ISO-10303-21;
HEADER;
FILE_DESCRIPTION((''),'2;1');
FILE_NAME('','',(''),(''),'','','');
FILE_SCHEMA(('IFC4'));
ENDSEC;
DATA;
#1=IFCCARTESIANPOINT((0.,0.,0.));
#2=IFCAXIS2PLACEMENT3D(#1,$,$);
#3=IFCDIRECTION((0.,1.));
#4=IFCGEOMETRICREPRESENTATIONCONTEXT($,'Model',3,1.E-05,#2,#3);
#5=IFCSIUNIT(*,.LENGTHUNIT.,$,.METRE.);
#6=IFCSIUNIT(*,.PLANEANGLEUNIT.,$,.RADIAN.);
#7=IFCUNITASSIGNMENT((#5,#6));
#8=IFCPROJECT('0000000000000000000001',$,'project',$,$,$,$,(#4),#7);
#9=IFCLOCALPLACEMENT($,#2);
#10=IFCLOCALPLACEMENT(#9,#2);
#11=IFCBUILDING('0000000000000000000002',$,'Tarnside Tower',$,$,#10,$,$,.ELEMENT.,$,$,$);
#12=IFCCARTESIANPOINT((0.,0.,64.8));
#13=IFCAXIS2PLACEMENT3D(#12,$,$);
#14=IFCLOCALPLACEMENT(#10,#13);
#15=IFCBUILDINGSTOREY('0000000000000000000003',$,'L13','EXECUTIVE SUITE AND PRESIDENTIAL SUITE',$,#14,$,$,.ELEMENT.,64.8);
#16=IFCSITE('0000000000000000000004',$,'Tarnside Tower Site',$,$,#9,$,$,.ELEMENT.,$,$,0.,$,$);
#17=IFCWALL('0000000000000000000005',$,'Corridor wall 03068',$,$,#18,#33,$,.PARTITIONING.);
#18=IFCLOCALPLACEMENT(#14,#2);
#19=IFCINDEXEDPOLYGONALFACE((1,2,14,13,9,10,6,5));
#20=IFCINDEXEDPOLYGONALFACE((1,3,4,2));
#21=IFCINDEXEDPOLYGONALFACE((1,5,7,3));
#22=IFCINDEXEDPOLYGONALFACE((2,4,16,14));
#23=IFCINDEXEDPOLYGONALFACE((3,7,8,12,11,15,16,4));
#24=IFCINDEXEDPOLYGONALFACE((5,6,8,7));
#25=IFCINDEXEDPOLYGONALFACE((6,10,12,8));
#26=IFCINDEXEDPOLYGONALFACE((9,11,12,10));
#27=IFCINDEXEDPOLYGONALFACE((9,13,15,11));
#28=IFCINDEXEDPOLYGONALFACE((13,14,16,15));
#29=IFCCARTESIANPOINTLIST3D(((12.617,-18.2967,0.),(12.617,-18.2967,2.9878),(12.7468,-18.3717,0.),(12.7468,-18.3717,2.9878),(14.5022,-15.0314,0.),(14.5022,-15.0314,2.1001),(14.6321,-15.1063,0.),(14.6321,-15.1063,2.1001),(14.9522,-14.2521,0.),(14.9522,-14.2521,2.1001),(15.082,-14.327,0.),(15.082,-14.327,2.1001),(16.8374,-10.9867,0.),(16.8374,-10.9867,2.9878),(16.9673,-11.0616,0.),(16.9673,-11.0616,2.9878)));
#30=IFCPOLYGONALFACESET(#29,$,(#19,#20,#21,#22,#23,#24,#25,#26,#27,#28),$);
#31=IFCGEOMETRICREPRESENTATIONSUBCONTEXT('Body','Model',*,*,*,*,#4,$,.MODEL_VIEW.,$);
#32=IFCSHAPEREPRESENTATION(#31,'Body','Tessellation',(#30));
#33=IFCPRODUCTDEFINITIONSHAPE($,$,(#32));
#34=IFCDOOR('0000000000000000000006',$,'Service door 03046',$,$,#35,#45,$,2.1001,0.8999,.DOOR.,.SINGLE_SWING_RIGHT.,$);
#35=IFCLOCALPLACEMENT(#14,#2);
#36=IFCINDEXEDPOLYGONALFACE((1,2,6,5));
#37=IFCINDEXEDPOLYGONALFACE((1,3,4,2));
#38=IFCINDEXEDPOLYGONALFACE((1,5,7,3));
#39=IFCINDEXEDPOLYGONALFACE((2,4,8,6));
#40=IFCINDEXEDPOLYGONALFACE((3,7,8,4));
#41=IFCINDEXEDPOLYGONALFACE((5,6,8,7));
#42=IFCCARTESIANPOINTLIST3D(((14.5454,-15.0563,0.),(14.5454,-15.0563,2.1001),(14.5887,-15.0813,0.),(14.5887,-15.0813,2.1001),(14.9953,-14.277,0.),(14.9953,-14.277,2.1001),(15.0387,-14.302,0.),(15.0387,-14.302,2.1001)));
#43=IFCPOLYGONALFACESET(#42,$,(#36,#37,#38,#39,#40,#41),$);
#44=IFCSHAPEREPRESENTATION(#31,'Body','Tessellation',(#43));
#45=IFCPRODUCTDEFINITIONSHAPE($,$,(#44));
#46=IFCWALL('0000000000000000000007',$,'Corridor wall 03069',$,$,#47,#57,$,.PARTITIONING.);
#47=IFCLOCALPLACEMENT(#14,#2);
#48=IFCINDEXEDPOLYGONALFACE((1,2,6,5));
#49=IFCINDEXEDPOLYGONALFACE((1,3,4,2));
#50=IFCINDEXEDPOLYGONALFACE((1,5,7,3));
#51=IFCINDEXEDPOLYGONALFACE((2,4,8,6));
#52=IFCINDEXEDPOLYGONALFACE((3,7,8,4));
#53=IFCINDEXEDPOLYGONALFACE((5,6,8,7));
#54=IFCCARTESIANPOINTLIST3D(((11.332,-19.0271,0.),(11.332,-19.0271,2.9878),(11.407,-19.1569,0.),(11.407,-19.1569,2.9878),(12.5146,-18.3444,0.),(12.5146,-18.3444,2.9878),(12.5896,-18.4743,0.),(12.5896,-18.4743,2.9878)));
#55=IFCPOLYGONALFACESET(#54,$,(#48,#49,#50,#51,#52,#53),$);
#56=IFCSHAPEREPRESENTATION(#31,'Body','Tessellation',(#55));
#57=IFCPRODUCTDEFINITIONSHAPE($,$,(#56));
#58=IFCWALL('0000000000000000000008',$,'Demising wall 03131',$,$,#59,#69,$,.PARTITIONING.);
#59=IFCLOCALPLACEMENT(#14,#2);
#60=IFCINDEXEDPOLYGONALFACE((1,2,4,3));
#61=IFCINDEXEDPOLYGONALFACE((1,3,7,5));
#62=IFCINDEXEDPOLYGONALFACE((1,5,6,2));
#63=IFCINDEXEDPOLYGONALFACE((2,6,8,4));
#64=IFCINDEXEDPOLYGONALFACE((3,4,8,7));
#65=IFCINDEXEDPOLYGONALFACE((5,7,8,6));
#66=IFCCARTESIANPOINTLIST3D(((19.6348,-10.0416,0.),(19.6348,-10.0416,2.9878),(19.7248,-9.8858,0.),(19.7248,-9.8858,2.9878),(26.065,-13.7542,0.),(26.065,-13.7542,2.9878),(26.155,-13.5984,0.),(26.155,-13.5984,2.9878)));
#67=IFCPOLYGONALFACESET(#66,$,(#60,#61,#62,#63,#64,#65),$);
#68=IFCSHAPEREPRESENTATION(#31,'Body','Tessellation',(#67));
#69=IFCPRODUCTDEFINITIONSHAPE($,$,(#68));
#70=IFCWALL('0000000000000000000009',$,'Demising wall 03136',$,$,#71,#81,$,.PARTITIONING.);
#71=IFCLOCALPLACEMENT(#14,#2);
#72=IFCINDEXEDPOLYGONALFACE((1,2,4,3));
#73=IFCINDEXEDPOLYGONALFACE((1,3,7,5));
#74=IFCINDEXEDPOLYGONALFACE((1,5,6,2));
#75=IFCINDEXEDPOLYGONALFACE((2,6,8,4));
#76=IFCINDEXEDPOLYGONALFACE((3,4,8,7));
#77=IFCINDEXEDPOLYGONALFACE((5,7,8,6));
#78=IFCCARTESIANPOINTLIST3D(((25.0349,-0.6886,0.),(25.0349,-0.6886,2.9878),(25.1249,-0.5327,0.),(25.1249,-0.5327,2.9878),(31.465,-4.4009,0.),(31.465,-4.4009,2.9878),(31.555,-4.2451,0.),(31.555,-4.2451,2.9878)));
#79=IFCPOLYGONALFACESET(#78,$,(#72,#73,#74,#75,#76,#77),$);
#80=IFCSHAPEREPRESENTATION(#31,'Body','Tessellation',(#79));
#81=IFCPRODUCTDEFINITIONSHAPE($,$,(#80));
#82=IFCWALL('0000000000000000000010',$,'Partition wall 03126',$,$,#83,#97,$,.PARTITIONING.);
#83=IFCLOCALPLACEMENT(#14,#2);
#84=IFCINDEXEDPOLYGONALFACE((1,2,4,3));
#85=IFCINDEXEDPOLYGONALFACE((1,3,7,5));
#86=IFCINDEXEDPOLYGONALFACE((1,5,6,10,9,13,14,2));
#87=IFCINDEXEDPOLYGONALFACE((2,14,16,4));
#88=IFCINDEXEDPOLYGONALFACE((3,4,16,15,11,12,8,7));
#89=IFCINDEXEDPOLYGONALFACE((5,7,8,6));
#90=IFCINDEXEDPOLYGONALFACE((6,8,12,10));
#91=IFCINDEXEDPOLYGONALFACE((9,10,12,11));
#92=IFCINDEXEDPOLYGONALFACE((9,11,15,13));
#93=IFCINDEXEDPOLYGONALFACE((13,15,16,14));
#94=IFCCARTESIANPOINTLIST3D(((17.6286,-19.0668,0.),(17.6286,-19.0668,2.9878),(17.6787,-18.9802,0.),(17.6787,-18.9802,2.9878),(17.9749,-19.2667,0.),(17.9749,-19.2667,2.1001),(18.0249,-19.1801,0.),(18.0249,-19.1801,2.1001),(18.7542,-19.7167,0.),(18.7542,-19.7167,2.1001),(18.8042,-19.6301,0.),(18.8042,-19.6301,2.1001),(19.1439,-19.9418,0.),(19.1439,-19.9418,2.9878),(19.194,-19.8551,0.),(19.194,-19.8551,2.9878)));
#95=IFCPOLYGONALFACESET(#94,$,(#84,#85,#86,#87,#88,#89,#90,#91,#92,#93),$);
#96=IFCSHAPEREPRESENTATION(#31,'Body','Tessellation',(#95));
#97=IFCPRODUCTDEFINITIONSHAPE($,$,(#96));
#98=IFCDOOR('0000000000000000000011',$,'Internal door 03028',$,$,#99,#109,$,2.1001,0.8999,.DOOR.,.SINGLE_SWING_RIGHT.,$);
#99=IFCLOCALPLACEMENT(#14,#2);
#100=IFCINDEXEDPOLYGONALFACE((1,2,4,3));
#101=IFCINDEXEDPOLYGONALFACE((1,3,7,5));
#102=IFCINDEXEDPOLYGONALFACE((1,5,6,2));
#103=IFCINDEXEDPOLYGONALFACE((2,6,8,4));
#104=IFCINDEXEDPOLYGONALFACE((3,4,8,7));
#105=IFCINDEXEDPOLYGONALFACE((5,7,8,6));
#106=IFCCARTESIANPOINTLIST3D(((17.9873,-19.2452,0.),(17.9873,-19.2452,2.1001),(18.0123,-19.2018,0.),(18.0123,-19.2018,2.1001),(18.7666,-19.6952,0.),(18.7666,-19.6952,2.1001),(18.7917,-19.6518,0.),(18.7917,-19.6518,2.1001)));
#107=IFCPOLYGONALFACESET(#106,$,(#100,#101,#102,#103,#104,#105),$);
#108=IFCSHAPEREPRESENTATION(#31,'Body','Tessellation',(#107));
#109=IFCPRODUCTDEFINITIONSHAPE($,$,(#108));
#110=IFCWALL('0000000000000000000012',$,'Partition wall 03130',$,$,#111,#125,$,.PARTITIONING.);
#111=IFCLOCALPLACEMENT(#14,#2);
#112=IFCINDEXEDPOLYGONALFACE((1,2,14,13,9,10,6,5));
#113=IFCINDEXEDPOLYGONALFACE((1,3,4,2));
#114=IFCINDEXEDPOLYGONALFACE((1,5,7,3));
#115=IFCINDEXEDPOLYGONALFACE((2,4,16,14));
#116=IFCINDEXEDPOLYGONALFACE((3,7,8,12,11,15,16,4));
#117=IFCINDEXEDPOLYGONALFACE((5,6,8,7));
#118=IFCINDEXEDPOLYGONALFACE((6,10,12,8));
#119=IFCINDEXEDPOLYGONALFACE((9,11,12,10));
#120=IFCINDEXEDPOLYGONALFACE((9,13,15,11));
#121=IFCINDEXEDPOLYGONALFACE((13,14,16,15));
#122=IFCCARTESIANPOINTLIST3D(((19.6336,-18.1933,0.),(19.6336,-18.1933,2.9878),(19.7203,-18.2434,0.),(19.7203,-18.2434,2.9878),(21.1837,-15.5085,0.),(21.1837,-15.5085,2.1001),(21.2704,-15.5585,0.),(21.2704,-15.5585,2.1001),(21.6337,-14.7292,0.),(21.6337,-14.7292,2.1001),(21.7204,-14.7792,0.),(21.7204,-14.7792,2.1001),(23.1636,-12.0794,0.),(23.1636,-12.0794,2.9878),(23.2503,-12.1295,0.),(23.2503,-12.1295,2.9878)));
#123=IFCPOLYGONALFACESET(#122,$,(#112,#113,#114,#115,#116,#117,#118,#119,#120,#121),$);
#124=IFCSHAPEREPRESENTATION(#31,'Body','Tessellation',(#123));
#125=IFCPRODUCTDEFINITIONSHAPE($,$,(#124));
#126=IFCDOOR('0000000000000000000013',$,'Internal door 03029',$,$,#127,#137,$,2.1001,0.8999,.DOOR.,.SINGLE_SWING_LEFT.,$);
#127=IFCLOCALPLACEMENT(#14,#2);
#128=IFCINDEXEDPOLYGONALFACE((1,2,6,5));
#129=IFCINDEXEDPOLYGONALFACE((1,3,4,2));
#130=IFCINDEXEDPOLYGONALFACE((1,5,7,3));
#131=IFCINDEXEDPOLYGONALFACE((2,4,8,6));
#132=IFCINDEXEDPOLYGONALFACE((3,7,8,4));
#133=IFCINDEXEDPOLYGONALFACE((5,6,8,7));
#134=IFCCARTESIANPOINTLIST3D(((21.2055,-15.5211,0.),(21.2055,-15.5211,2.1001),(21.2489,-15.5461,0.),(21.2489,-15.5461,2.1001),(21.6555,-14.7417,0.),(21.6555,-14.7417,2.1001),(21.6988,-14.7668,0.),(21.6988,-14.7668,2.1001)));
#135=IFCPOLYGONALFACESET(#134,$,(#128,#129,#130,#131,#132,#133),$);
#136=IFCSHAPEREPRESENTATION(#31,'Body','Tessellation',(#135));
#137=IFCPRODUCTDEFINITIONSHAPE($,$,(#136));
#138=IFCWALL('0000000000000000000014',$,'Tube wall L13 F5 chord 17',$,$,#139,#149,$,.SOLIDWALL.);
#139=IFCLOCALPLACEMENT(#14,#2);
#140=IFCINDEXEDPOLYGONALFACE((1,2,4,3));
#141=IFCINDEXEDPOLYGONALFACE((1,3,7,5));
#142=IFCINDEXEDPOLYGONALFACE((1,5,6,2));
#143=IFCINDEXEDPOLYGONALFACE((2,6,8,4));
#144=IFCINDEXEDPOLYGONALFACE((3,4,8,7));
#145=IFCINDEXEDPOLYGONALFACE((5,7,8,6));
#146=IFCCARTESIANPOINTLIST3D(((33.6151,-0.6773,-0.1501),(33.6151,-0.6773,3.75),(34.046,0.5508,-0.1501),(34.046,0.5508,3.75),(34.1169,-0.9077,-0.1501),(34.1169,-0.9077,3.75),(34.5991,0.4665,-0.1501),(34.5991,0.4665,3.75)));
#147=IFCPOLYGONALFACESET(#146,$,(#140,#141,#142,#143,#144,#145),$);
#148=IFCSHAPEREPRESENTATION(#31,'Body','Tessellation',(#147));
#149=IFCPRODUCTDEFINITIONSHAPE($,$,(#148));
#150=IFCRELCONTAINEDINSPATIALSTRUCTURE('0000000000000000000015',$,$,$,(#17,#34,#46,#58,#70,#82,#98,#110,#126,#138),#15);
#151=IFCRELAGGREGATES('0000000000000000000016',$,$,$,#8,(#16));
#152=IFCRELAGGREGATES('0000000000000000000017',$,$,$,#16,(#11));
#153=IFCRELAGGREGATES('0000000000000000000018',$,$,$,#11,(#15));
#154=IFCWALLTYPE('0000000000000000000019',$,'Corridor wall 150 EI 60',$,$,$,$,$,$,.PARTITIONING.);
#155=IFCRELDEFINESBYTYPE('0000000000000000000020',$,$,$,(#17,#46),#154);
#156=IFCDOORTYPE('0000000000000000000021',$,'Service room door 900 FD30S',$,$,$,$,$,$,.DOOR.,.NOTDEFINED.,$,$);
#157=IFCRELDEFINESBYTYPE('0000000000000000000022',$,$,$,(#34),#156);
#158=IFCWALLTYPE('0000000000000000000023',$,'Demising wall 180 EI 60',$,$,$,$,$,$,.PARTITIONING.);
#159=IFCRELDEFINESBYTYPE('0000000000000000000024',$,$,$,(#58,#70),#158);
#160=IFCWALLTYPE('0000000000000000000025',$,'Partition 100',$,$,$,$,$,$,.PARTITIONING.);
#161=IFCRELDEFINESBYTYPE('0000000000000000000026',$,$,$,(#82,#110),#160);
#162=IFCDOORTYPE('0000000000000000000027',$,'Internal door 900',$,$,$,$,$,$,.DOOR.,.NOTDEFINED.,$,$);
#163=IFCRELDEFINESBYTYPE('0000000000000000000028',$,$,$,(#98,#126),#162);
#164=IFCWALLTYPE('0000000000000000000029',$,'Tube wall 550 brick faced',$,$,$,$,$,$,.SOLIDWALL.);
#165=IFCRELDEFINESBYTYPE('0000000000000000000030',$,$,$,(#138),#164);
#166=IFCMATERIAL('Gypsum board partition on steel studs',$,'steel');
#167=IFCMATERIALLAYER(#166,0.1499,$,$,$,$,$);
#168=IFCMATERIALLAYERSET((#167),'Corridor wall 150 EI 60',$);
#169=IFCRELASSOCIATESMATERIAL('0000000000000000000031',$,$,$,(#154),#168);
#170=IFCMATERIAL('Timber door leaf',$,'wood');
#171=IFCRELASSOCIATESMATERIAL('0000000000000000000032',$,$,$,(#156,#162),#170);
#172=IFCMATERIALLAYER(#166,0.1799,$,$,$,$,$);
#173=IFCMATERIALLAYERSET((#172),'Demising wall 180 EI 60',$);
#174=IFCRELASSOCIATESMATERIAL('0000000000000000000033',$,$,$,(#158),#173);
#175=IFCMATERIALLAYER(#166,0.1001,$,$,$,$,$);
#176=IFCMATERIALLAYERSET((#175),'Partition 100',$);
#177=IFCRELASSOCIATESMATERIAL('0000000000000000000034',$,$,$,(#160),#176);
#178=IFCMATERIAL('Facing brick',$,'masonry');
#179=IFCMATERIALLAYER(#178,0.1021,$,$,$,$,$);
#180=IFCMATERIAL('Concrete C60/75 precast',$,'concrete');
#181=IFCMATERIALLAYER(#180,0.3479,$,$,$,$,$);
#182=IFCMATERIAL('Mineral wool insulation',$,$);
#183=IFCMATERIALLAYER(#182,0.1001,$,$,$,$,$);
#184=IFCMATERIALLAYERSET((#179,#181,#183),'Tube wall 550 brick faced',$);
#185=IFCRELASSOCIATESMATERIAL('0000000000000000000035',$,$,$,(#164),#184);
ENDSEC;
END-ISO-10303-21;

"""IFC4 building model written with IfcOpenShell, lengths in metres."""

from ifc_helpers import new_model, si_unit, direction, frame, frame_2d, origin, place, context, subcontext, project, spatial, polyline, rectangle, outline, extrude, material, layer, layer_set, type_object, element, fill, save


model = new_model("IFC4")

# Units and contexts
model_context = context("Model", 3, precision=1e-05, world=origin(), true_north=direction((0.0, 1.0)))
body_context = subcontext(model_context, "Body", "Model", "MODEL_VIEW")
ifc_project = project(units=[si_unit("LENGTHUNIT", "METRE"), si_unit("PLANEANGLEUNIT", "RADIAN")], contexts=[model_context])

# Site, building, storey
site_placement = place(None, origin())
site = spatial("IfcSite", under=ifc_project, at=site_placement, Name="Tarnside Tower Site", CompositionType="ELEMENT", RefElevation=0.0)
building_placement = place(site_placement, origin())
building = spatial("IfcBuilding", under=site, at=building_placement, Name="Tarnside Tower", CompositionType="ELEMENT")
storey_placement = place(building_placement, frame((0.0, 0.0, 64.8)))
storey = spatial("IfcBuildingStorey", under=building, at=storey_placement, Name="L13", Description="EXECUTIVE SUITE AND PRESIDENTIAL SUITE", CompositionType="ELEMENT", Elevation=64.8)

# Shared definitions
ifc_material_1 = material(Name="Gypsum board partition on steel studs", Category="steel")
ifc_material_2 = material(Name="Timber door leaf", Category="wood")

# Shared definitions
ifc_layer_1 = layer(ifc_material_1, 0.1499)
ifc_layer_set_1 = layer_set([ifc_layer_1], Name="Corridor wall 150 EI 60")
wall_type_1 = type_object("IfcWallType", Name="Corridor wall 150 EI 60", PredefinedType="PARTITIONING", material=ifc_layer_set_1)

# Wall, opening, door
wall_1_placement = place(storey_placement, frame((16.9023, -11.0242, 0.0), z_axis=(0.0, 0.0, 1.0), x_axis=(-0.5, -0.866026, 0.0)))
wall_1 = element("IfcWall", 1, at=wall_1_placement, inside=storey, type_object=wall_type_1, Name="Corridor wall 03068", PredefinedType="PARTITIONING", context=body_context, shape_type="SweptSolid", body=[
    extrude(rectangle(XDim=8.4409, YDim=0.1499, at=frame_2d((4.2205, 0.0))), origin(), (0.0, 0.0, 1.0), 2.9878),
])
opening_1_placement = place(wall_1_placement, frame((3.7705, 0.0, 0.0)))
opening_1 = element("IfcOpeningElement", 2, at=opening_1_placement, cuts=wall_1, PredefinedType="OPENING", context=body_context, shape_type="SweptSolid", body=[
    extrude(rectangle(XDim=0.8999, YDim=2.1001, at=frame_2d((0.45, 1.05))), frame((0.0, 0.085, 0.0), z_axis=(0.0, -1.0, 0.0), x_axis=(1.0, 0.0, 0.0)), (0.0, 0.0, 1.0), 0.1699),
])
door_type_1 = type_object("IfcDoorType", Name="Service room door 900 FD30S", OperationType="NOTDEFINED", PredefinedType="DOOR", material=ifc_material_2)
door_1_placement = place(opening_1_placement, origin())
door_1 = element("IfcDoor", 3, at=door_1_placement, inside=storey, type_object=door_type_1, Name="Service door 03046", OperationType="SINGLE_SWING_RIGHT", OverallHeight=2.1001, OverallWidth=0.8999, PredefinedType="DOOR", context=body_context, shape_type="SweptSolid", body=[
    extrude(rectangle(XDim=0.8999, YDim=2.1001, at=frame_2d((0.45, 1.05))), frame((0.0, 0.0249, 0.0), z_axis=(0.0, -1.0, 0.0), x_axis=(1.0, 0.0, 0.0)), (0.0, 0.0, 1.0), 0.05),
])
fill(opening_1, door_1)

# Walls
wall_2_placement = place(storey_placement, frame((12.552, -18.4094, 0.0), z_axis=(0.0, 0.0, 1.0), x_axis=(-0.866078, -0.499908, 0.0)))
element("IfcWall", 4, at=wall_2_placement, inside=storey, type_object=wall_type_1, Name="Corridor wall 03069", PredefinedType="PARTITIONING", context=body_context, shape_type="SweptSolid", body=[
    extrude(rectangle(XDim=1.3655, YDim=0.1499, at=frame_2d((0.6826, 0.0))), origin(), (0.0, 0.0, 1.0), 2.9878),
])
ifc_layer_2 = layer(ifc_material_1, 0.1799)
ifc_layer_set_2 = layer_set([ifc_layer_2], Name="Demising wall 180 EI 60")
wall_type_2 = type_object("IfcWallType", Name="Demising wall 180 EI 60", PredefinedType="PARTITIONING", material=ifc_layer_set_2)
wall_3_placement = place(storey_placement, frame((26.1099, -13.6763, 0.0), z_axis=(0.0, 0.0, 1.0), x_axis=(-0.866015, 0.500018, 0.0)))
element("IfcWall", 5, at=wall_3_placement, inside=storey, type_object=wall_type_2, Name="Demising wall 03131", PredefinedType="PARTITIONING", context=body_context, shape_type="SweptSolid", body=[
    extrude(rectangle(XDim=7.425, YDim=0.1799, at=frame_2d((3.7124, 0.0))), origin(), (0.0, 0.0, 1.0), 2.9878),
])
wall_4_placement = place(storey_placement, frame((31.51, -4.323, 0.0), z_axis=(0.0, 0.0, 1.0), x_axis=(-0.866029, 0.499994, 0.0)))
element("IfcWall", 6, at=wall_4_placement, inside=storey, type_object=wall_type_2, Name="Demising wall 03136", PredefinedType="PARTITIONING", context=body_context, shape_type="SweptSolid", body=[
    extrude(rectangle(XDim=7.4248, YDim=0.1799, at=frame_2d((3.7124, 0.0))), origin(), (0.0, 0.0, 1.0), 2.9878),
])

# Walls, openings, doors
ifc_layer_3 = layer(ifc_material_1, 0.1001)
ifc_layer_set_3 = layer_set([ifc_layer_3], Name="Partition 100")
wall_type_3 = type_object("IfcWallType", Name="Partition 100", PredefinedType="PARTITIONING", material=ifc_layer_set_3)
wall_5_placement = place(storey_placement, frame((17.6536, -19.0234, 0.0), z_axis=(0.0, 0.0, 1.0), x_axis=(0.866002, -0.50004, 0.0)))
wall_5 = element("IfcWall", 7, at=wall_5_placement, inside=storey, type_object=wall_type_3, Name="Partition wall 03126", PredefinedType="PARTITIONING", context=body_context, shape_type="SweptSolid", body=[
    extrude(rectangle(XDim=1.7498, YDim=0.1001, at=frame_2d((0.875, 0.0))), origin(), (0.0, 0.0, 1.0), 2.9878),
])
opening_2_placement = place(wall_5_placement, frame((0.3999, 0.0, 0.0)))
opening_2 = element("IfcOpeningElement", 8, at=opening_2_placement, cuts=wall_5, PredefinedType="OPENING", context=body_context, shape_type="SweptSolid", body=[
    extrude(rectangle(XDim=0.8999, YDim=2.1001, at=frame_2d((0.45, 1.05))), frame((0.0, 0.0601, 0.0), z_axis=(0.0, -1.0, 0.0), x_axis=(1.0, 0.0, 0.0)), (0.0, 0.0, 1.0), 0.1201),
])
door_type_2 = type_object("IfcDoorType", Name="Internal door 900", OperationType="NOTDEFINED", PredefinedType="DOOR", material=ifc_material_2)
door_2_placement = place(opening_2_placement, origin())
door_2 = element("IfcDoor", 9, at=door_2_placement, inside=storey, type_object=door_type_2, Name="Internal door 03028", OperationType="SINGLE_SWING_RIGHT", OverallHeight=2.1001, OverallWidth=0.8999, PredefinedType="DOOR", context=body_context, shape_type="SweptSolid", body=[
    extrude(rectangle(XDim=0.8999, YDim=2.1001, at=frame_2d((0.45, 1.05))), frame((0.0, 0.0249, 0.0), z_axis=(0.0, -1.0, 0.0), x_axis=(1.0, 0.0, 0.0)), (0.0, 0.0, 1.0), 0.05),
])
fill(opening_2, door_2)
wall_6_placement = place(storey_placement, frame((19.677, -18.2183, 0.0), z_axis=(0.0, 0.0, 1.0), x_axis=(0.500011, 0.866019, 0.0)))
wall_6 = element("IfcWall", 10, at=wall_6_placement, inside=storey, type_object=wall_type_3, Name="Partition wall 03130", PredefinedType="PARTITIONING", context=body_context, shape_type="SweptSolid", body=[
    extrude(rectangle(XDim=7.0598, YDim=0.1001, at=frame_2d((3.5298, 0.0))), origin(), (0.0, 0.0, 1.0), 2.9878),
])
opening_3_placement = place(wall_6_placement, frame((3.1001, 0.0, 0.0)))
opening_3 = element("IfcOpeningElement", 11, at=opening_3_placement, cuts=wall_6, PredefinedType="OPENING", context=body_context, shape_type="SweptSolid", body=[
    extrude(rectangle(XDim=0.8999, YDim=2.1001, at=frame_2d((0.45, 1.05))), frame((0.0, 0.0601, 0.0), z_axis=(0.0, -1.0, 0.0), x_axis=(1.0, 0.0, 0.0)), (0.0, 0.0, 1.0), 0.1201),
])
door_3_placement = place(opening_3_placement, origin())
door_3 = element("IfcDoor", 12, at=door_3_placement, inside=storey, type_object=door_type_2, Name="Internal door 03029", OperationType="SINGLE_SWING_LEFT", OverallHeight=2.1001, OverallWidth=0.8999, PredefinedType="DOOR", context=body_context, shape_type="SweptSolid", body=[
    extrude(rectangle(XDim=0.8999, YDim=2.1001, at=frame_2d((0.45, 1.05))), frame((0.0, 0.0249, 0.0), z_axis=(0.0, -1.0, 0.0), x_axis=(1.0, 0.0, 0.0)), (0.0, 0.0, 1.0), 0.05),
])
fill(opening_3, door_3)

# Wall
ifc_material_3 = material(Name="Facing brick", Category="masonry")
ifc_layer_4 = layer(ifc_material_3, 0.1021)
ifc_material_4 = material(Name="Concrete C60/75 precast", Category="concrete")
ifc_layer_5 = layer(ifc_material_4, 0.3479)
ifc_material_5 = material(Name="Mineral wool insulation")
ifc_layer_6 = layer(ifc_material_5, 0.1001)
ifc_layer_set_4 = layer_set([ifc_layer_4, ifc_layer_5, ifc_layer_6], Name="Tube wall 550 brick faced")
wall_type_4 = type_object("IfcWallType", Name="Tube wall 550 brick faced", PredefinedType="SOLIDWALL", material=ifc_layer_set_4)
wall_7_placement = place(storey_placement, frame((33.866, -0.7925, -0.1501), z_axis=(0.0, 0.0, 1.0), x_axis=(0.331115, 0.94359, 0.0)))
element("IfcWall", 13, at=wall_7_placement, inside=storey, type_object=wall_type_4, Name="Tube wall L13 F5 chord 17", PredefinedType="SOLIDWALL", context=body_context, shape_type="SweptSolid", body=[
    extrude(outline(polyline([(-0.0256, -0.2749), (1.4307, -0.2749), (1.3271, 0.2749), (0.0256, 0.2749), (-0.0256, -0.2749)])), origin(), (0.0, 0.0, 1.0), 3.9001),
])

save(model, "model.ifc")
